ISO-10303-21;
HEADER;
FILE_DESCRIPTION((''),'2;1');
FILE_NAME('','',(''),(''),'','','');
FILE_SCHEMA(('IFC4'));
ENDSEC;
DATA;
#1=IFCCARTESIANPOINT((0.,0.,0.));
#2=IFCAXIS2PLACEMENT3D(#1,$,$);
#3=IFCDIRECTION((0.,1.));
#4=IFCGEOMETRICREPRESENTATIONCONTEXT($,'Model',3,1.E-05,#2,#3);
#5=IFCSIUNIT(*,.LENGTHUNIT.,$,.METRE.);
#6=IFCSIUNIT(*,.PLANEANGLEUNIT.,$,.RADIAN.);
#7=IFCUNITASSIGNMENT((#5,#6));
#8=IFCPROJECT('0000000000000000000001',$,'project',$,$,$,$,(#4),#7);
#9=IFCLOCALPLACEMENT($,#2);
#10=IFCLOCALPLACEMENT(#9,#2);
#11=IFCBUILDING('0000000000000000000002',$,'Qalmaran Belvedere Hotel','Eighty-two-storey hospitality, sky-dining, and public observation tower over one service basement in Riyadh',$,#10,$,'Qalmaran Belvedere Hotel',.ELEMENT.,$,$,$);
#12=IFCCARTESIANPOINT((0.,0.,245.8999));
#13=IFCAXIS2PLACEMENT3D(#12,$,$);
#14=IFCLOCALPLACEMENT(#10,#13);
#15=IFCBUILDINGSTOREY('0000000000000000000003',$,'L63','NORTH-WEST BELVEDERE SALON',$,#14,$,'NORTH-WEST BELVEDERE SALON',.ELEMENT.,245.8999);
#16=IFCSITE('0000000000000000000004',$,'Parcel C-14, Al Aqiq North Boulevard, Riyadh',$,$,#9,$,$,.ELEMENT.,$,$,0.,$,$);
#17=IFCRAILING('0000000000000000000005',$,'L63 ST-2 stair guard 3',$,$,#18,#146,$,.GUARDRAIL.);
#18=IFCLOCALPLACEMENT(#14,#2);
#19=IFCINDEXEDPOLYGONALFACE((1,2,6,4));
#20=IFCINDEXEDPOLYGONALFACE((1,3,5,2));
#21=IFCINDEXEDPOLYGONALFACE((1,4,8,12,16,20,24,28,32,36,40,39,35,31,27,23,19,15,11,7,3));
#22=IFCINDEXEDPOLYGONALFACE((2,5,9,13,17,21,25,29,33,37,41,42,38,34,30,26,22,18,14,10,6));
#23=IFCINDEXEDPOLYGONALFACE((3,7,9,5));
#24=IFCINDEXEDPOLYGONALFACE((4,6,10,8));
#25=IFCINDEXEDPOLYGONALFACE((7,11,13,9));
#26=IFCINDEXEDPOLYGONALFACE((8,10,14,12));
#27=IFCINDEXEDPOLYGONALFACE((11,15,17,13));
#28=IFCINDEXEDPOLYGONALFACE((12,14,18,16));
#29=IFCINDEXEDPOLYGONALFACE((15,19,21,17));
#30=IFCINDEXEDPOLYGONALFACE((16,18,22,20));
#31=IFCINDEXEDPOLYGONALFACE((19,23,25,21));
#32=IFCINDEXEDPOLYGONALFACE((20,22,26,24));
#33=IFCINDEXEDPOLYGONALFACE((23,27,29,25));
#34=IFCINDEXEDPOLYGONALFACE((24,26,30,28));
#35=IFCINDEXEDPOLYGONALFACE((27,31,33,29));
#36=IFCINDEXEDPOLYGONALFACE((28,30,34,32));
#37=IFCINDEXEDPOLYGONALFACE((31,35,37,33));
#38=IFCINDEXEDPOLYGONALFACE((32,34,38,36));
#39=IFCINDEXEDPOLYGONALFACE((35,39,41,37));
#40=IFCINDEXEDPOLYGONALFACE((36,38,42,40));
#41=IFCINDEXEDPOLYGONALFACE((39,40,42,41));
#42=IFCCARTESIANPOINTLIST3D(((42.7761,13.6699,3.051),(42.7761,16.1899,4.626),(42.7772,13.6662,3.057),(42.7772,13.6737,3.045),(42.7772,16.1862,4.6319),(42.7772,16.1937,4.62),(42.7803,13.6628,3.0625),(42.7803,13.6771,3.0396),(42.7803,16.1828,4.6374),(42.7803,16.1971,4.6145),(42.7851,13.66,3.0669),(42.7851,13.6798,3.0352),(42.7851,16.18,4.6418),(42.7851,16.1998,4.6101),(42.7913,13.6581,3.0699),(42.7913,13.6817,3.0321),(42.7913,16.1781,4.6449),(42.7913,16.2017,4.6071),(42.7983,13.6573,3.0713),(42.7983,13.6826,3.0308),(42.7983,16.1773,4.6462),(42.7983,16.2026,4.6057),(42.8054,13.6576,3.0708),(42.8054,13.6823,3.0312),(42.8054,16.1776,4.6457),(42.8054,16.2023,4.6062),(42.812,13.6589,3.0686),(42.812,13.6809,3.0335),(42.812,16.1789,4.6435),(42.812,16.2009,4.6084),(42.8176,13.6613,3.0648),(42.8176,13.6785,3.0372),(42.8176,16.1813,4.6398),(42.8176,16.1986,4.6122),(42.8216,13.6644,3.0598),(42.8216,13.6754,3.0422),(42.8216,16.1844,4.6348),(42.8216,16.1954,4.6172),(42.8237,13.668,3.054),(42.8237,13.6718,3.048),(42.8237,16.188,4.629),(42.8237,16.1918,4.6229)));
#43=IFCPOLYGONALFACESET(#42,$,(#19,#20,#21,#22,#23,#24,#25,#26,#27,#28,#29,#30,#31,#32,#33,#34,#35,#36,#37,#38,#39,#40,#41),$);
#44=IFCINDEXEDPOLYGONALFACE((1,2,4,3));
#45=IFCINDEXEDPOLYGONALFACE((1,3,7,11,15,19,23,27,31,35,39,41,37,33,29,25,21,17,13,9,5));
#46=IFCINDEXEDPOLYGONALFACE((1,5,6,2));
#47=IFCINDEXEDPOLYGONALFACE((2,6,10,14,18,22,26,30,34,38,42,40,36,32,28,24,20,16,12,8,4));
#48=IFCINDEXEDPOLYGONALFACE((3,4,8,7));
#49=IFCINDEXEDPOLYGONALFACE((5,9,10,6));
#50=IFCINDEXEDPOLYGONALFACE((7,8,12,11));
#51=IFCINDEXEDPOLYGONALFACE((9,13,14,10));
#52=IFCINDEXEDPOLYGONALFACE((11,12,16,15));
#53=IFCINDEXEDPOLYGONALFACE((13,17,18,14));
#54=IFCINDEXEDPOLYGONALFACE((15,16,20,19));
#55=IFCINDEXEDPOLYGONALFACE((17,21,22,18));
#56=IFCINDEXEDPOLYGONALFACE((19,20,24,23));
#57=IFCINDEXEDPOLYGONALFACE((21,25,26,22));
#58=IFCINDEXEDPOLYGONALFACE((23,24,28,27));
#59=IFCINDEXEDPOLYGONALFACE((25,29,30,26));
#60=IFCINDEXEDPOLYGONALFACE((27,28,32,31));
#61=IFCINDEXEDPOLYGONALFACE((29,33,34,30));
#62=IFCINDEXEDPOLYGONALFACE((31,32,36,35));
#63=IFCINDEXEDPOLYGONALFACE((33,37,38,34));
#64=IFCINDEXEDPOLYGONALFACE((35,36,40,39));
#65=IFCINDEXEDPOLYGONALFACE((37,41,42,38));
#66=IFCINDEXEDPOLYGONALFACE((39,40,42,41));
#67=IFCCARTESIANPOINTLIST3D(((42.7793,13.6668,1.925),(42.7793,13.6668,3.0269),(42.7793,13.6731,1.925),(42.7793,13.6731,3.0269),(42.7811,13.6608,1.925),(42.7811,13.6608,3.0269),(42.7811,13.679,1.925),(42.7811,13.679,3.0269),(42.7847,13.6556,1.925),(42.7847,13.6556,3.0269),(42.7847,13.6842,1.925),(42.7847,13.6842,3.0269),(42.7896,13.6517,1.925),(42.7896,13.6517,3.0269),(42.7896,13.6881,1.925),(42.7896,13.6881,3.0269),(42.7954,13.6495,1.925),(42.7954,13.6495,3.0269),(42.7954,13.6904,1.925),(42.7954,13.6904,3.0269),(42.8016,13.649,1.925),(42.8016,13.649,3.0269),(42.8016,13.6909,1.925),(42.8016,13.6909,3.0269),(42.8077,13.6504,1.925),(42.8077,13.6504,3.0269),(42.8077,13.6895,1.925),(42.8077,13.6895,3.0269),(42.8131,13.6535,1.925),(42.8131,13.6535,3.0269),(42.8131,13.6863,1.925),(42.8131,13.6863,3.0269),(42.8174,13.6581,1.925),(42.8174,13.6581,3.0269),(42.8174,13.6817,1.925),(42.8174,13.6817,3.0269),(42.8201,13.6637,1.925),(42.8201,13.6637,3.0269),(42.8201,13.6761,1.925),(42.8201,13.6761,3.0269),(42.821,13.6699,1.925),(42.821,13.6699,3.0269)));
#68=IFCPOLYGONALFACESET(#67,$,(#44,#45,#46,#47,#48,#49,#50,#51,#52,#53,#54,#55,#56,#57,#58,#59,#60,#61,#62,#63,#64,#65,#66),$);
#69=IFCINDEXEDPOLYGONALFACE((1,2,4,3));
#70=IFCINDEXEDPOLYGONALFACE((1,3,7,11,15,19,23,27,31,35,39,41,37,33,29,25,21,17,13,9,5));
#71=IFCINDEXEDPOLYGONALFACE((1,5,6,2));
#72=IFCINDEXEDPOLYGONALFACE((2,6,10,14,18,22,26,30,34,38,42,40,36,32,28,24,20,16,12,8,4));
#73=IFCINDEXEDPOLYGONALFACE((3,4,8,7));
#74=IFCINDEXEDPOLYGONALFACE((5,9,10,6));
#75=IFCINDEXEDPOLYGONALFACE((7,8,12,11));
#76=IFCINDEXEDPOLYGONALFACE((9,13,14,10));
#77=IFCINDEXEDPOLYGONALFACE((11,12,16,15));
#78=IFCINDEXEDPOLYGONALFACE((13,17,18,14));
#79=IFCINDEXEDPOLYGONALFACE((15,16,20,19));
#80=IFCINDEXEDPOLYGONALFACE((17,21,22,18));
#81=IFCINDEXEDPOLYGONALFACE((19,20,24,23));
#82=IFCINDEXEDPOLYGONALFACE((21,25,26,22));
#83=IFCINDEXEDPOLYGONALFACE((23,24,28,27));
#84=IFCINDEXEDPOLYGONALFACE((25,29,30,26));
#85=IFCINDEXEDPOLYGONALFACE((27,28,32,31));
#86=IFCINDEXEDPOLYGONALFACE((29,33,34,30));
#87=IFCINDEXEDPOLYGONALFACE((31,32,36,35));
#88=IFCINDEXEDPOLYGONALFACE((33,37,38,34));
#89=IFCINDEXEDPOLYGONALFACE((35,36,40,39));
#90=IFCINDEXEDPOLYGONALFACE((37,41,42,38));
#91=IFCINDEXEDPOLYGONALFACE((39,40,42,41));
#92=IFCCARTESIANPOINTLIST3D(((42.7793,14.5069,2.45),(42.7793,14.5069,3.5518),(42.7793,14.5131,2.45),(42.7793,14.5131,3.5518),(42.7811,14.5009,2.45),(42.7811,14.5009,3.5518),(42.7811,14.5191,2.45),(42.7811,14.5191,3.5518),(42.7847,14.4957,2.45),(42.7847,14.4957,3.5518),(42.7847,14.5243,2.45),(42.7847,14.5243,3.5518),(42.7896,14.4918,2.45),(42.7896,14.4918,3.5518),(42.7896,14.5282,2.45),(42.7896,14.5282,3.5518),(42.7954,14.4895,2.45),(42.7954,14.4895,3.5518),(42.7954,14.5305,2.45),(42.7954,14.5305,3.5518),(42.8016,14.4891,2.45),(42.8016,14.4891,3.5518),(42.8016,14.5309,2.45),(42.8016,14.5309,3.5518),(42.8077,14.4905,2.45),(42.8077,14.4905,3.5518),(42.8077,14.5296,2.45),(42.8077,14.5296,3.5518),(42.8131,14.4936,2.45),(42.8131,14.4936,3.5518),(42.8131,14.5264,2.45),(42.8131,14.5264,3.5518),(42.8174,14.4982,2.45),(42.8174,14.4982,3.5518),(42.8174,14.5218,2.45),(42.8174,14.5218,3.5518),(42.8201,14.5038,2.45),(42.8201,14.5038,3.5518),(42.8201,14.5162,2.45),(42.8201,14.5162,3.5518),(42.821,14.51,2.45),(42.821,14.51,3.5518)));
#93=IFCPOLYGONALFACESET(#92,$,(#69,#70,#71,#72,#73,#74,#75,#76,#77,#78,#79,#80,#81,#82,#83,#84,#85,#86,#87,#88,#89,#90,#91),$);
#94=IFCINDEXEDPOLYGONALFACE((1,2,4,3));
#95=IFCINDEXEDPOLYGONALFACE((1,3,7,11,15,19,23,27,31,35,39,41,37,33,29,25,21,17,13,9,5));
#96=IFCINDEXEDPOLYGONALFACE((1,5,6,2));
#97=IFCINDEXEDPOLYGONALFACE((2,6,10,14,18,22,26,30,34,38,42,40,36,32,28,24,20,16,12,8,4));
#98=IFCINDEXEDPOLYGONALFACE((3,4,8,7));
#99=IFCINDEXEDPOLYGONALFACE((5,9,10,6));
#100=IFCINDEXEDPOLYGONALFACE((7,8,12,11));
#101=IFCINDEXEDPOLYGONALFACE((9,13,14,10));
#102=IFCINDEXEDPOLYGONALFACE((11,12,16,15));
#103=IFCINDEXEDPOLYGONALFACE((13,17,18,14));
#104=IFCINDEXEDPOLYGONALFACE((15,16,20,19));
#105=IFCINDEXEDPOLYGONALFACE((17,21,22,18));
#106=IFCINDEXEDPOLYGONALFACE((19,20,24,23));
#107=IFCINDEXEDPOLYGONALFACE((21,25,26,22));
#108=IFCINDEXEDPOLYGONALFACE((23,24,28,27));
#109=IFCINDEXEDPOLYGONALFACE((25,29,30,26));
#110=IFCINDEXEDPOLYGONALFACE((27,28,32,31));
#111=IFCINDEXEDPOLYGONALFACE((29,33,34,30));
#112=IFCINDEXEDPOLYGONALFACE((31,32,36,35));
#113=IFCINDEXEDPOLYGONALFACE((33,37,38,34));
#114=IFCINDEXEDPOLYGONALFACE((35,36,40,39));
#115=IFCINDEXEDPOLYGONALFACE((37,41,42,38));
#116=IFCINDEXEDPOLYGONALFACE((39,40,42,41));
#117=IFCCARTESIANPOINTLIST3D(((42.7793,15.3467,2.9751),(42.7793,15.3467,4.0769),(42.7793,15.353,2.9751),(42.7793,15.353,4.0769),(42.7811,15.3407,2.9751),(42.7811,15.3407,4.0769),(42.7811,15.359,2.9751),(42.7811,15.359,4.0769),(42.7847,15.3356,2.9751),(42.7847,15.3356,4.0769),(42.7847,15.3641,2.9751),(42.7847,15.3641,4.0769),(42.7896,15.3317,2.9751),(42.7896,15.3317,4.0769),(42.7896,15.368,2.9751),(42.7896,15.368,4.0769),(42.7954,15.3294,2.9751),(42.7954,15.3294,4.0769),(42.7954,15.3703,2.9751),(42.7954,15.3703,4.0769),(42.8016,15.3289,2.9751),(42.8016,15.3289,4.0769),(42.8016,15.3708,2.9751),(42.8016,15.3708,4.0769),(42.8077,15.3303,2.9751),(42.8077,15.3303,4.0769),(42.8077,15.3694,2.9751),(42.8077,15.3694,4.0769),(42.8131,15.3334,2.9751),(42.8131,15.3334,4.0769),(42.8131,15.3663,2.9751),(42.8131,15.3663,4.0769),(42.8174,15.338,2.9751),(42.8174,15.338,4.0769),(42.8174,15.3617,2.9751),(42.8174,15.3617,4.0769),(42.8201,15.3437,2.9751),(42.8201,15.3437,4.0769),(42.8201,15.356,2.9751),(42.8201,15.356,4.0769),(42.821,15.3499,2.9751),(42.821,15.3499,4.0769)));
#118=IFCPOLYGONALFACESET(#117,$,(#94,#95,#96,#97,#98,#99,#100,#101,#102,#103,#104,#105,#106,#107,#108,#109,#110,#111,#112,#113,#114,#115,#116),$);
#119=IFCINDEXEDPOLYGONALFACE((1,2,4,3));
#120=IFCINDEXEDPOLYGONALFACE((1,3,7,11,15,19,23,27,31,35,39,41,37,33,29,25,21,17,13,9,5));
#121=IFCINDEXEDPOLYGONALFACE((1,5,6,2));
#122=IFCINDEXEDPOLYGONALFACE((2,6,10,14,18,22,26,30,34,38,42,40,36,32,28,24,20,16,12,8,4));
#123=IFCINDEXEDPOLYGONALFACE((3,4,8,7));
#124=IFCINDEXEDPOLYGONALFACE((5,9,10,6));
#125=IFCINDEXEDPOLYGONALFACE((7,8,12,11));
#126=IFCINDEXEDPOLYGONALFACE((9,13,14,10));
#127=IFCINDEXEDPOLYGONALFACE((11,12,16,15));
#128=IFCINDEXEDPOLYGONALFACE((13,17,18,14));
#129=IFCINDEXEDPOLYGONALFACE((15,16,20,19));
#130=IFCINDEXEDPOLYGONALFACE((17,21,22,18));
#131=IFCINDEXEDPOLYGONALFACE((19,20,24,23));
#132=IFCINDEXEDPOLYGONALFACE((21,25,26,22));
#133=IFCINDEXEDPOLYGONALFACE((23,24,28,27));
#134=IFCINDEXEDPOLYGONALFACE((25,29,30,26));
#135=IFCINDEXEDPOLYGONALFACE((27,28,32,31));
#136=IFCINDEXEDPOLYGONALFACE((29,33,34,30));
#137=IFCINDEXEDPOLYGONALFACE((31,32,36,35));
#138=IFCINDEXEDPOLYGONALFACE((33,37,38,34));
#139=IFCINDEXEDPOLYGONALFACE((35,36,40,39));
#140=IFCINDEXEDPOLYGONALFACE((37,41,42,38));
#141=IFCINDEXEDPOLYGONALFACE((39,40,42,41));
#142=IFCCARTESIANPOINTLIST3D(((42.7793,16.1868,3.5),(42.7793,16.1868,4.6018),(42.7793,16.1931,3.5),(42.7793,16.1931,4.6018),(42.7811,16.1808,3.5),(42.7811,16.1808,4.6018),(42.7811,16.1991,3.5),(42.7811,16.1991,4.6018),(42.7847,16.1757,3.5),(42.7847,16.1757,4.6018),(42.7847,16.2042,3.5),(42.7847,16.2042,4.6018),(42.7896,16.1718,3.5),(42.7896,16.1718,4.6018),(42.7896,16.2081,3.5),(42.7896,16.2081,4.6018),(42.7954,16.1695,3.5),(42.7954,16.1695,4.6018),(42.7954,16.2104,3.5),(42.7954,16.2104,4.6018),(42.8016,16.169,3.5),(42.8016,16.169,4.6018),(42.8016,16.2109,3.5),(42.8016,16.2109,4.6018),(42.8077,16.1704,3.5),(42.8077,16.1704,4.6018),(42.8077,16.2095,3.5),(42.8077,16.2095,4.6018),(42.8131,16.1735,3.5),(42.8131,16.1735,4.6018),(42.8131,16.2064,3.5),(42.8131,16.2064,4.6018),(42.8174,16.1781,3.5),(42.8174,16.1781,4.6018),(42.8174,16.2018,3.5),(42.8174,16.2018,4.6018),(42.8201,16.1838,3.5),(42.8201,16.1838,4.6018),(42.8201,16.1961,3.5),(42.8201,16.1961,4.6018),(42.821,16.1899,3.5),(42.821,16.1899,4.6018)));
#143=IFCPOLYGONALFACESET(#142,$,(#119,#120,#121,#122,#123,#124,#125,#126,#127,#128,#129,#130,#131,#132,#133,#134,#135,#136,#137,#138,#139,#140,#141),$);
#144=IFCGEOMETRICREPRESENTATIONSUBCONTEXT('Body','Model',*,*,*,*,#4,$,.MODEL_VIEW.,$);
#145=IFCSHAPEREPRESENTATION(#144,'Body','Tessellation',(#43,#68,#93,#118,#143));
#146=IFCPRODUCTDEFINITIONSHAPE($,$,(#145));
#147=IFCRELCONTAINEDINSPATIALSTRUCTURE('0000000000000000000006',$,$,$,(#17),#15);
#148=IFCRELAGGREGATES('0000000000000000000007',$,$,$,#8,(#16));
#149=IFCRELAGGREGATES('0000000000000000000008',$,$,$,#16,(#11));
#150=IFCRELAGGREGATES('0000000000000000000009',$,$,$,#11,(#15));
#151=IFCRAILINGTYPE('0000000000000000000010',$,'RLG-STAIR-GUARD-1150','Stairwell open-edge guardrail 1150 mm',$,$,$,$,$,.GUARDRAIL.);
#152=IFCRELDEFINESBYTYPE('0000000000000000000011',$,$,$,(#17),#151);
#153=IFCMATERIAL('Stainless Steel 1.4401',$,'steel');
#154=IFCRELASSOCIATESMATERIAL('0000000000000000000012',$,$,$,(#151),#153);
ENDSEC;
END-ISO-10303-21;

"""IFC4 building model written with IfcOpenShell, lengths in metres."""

from ifc_helpers import new_model, si_unit, direction, frame, origin, origin_2d, place, context, subcontext, project, spatial, circle, extrude, material, type_object, element, save


model = new_model("IFC4")

# Units and contexts
model_context = context("Model", 3, precision=1e-05, world=origin(), true_north=direction((0.0, 1.0)))
body_context = subcontext(model_context, "Body", "Model", "MODEL_VIEW")
ifc_project = project(units=[si_unit("LENGTHUNIT", "METRE"), si_unit("PLANEANGLEUNIT", "RADIAN")], contexts=[model_context])

# Site, building, storey
site_placement = place(None, origin())
site = spatial("IfcSite", under=ifc_project, at=site_placement, Name="Parcel C-14, Al Aqiq North Boulevard, Riyadh", CompositionType="ELEMENT", RefElevation=0.0)
building_placement = place(site_placement, origin())
building = spatial("IfcBuilding", under=site, at=building_placement, Name="Qalmaran Belvedere Hotel", Description="Eighty-two-storey hospitality, sky-dining, and public observation tower over one service basement in Riyadh", LongName="Qalmaran Belvedere Hotel", CompositionType="ELEMENT")
storey_placement = place(building_placement, frame((0.0, 0.0, 245.8999)))
storey = spatial("IfcBuildingStorey", under=building, at=storey_placement, Name="L63", Description="NORTH-WEST BELVEDERE SALON", LongName="NORTH-WEST BELVEDERE SALON", CompositionType="ELEMENT", Elevation=245.8999)

# Railing
ifc_material_1 = material(Name="Stainless Steel 1.4401", Category="steel")
railing_type_1 = type_object("IfcRailingType", Name="RLG-STAIR-GUARD-1150", Description="Stairwell open-edge guardrail 1150 mm", PredefinedType="GUARDRAIL", material=ifc_material_1)
railing_1_placement = place(storey_placement, frame((42.8, 13.6699, 1.925)))
element("IfcRailing", 1, at=railing_1_placement, inside=storey, type_object=railing_type_1, Name="L63 ST-2 stair guard 3", PredefinedType="GUARDRAIL", context=body_context, shape_type="SweptSolid", body=[
    extrude(circle(Radius=0.0239, at=origin_2d()), frame((0.0, 0.0, 1.126), z_axis=(0.0, 0.848008, 0.529984), x_axis=(-1.0, 0.0, 0.0)), (0.0, 0.0, 1.0), 2.9717),
    extrude(circle(Radius=0.021, at=origin_2d()), origin(), (0.0, 0.0, 1.0), 1.1018),
    extrude(circle(Radius=0.021, at=origin_2d()), frame((0.0, 0.8401, 0.5249)), (0.0, 0.0, 1.0), 1.1018),
    extrude(circle(Radius=0.021, at=origin_2d()), frame((0.0, 1.6799, 1.05)), (0.0, 0.0, 1.0), 1.1018),
    extrude(circle(Radius=0.021, at=origin_2d()), frame((0.0, 2.52, 1.575)), (0.0, 0.0, 1.0), 1.1018),
])

save(model, "model.ifc")
